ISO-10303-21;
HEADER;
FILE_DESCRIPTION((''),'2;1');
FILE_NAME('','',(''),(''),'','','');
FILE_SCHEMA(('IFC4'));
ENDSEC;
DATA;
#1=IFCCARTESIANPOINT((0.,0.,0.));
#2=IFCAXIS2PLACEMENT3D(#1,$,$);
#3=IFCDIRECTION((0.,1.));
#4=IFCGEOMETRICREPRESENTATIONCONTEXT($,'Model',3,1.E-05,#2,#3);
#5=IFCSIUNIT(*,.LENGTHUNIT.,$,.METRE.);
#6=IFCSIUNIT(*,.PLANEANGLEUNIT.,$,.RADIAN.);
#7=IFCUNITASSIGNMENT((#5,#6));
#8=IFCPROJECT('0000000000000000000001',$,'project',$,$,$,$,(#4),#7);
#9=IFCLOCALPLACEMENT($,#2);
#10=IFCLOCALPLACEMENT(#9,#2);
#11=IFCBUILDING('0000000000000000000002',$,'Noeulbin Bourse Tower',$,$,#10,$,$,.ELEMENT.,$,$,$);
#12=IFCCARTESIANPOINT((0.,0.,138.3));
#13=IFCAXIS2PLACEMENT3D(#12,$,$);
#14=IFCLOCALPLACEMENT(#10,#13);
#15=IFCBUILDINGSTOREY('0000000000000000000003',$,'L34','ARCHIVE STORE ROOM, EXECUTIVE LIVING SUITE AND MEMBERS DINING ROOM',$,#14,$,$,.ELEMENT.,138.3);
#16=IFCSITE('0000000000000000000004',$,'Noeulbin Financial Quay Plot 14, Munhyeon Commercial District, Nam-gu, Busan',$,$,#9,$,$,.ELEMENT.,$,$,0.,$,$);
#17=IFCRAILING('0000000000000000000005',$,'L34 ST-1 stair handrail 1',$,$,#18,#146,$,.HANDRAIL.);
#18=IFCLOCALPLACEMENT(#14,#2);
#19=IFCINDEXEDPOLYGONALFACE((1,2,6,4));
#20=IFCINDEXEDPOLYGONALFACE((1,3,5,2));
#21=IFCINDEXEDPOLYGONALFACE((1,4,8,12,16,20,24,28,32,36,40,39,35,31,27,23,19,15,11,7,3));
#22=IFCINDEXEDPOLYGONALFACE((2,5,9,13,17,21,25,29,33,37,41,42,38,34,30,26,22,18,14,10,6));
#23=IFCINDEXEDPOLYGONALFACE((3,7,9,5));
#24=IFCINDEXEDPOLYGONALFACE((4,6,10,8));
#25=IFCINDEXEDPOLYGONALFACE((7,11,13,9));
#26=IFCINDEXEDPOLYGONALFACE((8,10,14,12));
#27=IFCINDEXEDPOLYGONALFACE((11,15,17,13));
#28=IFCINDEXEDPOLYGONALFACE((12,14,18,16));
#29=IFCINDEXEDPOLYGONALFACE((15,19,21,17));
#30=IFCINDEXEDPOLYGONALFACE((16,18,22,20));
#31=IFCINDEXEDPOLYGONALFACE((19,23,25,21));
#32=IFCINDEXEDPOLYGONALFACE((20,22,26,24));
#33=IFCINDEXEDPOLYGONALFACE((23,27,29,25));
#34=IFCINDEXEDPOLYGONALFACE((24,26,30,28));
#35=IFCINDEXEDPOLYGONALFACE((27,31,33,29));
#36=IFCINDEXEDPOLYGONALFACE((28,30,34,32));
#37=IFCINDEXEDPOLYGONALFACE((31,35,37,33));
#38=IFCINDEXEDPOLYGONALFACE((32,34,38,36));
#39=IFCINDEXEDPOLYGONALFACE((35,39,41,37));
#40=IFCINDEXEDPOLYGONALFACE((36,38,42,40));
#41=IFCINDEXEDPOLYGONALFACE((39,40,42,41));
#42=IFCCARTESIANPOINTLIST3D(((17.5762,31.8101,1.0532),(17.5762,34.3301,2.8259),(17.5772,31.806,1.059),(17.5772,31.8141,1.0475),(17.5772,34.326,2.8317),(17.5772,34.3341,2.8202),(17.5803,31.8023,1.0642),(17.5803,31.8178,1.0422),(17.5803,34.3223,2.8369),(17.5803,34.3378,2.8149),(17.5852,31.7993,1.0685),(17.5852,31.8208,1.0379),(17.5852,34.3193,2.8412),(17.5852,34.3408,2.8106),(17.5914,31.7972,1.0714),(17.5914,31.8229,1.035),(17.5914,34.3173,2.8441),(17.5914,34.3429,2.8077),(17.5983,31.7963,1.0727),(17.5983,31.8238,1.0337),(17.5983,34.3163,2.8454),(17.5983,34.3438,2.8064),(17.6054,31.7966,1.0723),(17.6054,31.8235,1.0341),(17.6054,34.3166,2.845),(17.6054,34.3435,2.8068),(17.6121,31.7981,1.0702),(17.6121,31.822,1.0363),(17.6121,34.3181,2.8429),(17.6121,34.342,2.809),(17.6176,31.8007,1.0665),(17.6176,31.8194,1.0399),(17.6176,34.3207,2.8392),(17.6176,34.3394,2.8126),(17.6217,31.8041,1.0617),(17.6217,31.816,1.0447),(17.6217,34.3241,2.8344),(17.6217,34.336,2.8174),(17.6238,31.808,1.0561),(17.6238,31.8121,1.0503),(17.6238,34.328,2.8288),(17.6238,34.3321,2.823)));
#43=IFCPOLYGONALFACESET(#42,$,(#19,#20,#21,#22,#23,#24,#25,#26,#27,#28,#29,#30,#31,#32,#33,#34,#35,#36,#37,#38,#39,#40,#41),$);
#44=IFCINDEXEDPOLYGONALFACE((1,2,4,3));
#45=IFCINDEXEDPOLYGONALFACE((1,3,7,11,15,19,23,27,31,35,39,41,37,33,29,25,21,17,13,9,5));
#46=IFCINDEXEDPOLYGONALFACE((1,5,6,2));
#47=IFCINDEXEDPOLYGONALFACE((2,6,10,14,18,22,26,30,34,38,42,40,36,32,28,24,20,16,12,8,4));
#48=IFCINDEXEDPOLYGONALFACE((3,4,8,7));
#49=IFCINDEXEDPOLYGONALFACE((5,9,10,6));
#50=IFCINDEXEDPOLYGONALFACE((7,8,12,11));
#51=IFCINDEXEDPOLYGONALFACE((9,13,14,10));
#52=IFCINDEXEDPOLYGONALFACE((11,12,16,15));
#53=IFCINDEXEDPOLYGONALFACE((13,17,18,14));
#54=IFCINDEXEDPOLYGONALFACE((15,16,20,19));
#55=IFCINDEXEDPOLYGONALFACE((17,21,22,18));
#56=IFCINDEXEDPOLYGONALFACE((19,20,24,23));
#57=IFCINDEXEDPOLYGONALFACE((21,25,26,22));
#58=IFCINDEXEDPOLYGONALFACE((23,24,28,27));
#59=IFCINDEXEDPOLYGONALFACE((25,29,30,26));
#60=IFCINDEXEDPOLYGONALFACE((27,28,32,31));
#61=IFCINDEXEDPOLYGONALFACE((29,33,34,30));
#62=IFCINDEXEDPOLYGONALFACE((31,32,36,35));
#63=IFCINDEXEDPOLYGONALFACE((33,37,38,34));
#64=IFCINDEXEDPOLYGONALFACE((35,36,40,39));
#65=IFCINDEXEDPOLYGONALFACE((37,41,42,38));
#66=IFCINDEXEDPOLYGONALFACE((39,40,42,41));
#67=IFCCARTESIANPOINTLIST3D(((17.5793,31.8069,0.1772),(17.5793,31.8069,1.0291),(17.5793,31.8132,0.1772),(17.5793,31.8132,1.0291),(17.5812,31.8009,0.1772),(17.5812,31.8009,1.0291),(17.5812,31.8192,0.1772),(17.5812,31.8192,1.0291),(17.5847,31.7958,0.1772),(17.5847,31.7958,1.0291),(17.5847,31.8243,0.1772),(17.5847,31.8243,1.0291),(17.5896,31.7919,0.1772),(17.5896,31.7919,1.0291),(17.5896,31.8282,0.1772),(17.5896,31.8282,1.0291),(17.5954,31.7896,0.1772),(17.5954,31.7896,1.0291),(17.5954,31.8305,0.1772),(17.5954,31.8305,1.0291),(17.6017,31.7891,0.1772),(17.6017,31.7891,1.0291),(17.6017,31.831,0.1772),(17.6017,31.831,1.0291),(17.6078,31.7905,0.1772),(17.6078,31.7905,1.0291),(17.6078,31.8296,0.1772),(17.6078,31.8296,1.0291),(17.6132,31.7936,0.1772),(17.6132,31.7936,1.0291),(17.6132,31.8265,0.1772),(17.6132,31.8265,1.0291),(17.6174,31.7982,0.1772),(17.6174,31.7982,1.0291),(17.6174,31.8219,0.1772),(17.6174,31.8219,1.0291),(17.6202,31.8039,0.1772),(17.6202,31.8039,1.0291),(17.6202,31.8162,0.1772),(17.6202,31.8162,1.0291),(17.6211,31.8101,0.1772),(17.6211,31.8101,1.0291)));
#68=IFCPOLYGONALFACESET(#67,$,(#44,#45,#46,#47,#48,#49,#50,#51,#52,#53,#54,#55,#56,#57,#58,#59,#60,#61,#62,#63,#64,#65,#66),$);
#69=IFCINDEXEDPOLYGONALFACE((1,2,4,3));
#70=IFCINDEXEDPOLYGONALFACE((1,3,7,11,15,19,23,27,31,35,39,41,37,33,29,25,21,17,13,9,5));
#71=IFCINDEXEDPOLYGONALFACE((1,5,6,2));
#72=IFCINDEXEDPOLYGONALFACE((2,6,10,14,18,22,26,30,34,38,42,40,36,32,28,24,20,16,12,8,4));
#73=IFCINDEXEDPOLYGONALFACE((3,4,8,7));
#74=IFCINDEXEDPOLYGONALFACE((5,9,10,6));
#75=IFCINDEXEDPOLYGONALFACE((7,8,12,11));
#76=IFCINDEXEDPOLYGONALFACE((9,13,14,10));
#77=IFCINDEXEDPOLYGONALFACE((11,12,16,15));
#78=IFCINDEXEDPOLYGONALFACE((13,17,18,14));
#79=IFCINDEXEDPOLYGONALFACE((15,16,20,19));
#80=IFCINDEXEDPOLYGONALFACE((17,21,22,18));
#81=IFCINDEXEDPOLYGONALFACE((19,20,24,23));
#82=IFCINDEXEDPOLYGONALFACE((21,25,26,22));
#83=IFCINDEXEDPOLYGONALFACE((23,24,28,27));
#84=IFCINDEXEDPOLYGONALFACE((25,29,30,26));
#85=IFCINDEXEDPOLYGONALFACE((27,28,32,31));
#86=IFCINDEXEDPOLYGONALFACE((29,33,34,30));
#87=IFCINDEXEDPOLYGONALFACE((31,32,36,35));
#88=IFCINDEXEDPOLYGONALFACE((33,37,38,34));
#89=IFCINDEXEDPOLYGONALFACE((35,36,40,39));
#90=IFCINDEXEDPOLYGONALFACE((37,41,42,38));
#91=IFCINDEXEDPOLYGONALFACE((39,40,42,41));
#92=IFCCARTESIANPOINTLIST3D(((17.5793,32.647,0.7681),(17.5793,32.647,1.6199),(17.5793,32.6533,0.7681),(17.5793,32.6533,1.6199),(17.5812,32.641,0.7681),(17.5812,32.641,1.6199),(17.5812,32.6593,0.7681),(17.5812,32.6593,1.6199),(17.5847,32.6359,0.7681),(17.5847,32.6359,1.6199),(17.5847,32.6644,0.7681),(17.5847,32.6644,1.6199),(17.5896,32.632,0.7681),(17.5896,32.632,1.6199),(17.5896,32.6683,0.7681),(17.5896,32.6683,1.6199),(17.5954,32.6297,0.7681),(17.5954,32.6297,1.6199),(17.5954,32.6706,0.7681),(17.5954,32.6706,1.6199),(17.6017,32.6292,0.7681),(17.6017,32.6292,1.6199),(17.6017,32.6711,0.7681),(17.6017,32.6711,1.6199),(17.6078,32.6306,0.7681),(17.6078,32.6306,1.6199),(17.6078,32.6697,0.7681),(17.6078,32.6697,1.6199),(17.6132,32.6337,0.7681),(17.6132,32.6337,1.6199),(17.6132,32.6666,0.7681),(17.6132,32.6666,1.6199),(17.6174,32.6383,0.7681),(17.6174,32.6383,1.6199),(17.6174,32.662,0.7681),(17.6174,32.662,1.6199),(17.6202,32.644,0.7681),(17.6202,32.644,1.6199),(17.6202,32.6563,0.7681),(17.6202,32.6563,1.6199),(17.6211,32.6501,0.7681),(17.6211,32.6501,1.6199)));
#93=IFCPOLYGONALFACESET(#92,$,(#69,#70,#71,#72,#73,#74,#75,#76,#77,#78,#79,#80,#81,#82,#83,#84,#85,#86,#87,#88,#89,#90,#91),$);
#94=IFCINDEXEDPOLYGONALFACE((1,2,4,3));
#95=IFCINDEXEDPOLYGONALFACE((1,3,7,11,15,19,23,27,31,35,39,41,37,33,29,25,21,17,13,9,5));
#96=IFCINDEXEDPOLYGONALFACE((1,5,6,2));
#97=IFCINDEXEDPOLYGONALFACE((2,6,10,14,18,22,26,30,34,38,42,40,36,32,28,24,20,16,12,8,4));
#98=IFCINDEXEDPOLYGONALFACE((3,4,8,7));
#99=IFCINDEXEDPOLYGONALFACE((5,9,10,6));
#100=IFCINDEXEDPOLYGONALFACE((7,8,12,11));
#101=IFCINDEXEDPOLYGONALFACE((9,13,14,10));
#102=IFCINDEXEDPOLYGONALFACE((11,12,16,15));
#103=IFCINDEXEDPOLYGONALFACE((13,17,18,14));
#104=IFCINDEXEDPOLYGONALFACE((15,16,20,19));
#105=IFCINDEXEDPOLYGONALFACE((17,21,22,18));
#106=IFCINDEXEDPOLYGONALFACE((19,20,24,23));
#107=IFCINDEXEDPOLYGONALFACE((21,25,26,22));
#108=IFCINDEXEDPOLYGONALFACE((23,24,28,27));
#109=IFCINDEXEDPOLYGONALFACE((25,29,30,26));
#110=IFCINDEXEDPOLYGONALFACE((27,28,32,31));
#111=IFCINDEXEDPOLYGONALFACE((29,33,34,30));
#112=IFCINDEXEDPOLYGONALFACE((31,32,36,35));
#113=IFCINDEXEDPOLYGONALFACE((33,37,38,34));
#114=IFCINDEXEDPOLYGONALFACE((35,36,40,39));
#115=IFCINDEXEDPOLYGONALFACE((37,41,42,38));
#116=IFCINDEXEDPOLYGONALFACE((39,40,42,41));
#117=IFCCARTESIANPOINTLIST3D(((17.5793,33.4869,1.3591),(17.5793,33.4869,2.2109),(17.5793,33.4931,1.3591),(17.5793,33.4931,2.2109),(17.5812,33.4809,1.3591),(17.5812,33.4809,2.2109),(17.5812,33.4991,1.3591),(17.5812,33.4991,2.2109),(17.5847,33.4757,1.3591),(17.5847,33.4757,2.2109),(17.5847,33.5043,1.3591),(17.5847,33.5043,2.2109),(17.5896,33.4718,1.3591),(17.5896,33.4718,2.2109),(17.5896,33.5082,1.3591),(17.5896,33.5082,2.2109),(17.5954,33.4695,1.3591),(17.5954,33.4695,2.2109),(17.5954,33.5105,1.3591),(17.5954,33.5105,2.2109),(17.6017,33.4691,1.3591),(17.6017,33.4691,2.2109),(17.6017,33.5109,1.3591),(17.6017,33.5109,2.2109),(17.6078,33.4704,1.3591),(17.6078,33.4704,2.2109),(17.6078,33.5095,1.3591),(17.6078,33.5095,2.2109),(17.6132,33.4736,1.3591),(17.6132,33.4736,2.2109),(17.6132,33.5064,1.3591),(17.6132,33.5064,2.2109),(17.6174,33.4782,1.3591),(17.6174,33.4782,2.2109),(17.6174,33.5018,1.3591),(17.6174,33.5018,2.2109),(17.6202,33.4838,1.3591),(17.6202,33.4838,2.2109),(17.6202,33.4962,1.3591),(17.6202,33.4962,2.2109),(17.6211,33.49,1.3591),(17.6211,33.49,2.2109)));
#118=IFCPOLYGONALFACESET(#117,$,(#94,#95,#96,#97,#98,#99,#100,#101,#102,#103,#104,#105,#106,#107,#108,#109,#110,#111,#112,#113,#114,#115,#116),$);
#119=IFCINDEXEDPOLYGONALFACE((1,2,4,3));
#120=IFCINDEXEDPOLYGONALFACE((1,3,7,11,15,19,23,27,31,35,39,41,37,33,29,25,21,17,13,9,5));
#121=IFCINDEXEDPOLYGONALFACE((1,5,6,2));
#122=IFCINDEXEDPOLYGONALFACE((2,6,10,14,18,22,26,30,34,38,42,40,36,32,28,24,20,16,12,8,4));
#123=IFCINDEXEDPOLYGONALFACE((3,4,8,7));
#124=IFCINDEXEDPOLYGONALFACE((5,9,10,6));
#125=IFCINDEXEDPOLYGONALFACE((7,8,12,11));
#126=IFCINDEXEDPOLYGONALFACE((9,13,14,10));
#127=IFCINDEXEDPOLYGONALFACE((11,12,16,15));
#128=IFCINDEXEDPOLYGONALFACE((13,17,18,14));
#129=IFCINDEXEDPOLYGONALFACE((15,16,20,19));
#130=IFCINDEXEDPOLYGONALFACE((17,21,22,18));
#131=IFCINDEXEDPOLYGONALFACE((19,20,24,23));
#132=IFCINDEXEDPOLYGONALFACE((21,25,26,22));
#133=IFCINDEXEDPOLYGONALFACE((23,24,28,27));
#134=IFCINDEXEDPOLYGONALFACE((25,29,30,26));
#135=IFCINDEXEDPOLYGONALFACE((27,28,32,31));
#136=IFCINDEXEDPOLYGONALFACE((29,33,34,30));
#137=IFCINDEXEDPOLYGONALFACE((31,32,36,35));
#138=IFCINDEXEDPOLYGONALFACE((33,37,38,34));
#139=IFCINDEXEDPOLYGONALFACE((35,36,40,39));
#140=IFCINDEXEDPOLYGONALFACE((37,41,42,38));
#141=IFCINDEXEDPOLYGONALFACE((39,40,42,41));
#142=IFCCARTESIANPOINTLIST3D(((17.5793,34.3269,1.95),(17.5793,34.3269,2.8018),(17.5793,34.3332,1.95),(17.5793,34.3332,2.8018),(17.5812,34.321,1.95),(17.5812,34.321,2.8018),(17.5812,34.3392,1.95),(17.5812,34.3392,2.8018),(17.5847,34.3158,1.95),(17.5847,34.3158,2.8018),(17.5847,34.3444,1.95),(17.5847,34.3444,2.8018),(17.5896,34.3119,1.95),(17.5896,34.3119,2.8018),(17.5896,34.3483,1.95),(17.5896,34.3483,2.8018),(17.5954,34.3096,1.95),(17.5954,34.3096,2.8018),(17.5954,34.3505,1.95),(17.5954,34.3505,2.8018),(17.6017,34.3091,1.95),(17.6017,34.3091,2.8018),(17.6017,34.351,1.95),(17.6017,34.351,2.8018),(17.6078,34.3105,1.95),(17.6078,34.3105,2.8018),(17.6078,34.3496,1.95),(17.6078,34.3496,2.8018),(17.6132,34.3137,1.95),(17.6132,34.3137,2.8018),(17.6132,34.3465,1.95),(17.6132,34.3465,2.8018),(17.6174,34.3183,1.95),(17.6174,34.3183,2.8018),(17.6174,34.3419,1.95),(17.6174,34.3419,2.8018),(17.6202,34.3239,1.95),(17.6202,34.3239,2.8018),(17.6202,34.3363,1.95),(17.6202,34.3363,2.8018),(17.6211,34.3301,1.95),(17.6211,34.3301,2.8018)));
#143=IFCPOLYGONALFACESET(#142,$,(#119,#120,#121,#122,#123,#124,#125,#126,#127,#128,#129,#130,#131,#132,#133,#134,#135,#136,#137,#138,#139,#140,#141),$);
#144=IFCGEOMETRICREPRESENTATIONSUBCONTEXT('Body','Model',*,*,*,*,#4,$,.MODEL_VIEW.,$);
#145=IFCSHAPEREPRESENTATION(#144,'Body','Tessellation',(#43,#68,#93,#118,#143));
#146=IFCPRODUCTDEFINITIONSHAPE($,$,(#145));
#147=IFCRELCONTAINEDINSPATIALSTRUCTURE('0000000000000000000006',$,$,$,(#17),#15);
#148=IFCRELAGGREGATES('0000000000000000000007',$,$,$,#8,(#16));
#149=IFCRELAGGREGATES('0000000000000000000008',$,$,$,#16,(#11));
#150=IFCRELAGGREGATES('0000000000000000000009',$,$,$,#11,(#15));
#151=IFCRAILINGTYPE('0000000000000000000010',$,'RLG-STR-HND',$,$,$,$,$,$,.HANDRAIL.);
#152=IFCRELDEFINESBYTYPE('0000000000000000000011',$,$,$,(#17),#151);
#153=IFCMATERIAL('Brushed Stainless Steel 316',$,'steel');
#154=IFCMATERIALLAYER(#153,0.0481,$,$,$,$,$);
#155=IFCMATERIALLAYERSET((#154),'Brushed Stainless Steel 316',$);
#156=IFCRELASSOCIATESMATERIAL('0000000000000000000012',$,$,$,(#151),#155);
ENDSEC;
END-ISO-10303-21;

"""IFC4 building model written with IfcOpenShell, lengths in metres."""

from ifc_helpers import new_model, si_unit, direction, frame, origin, origin_2d, place, context, subcontext, project, spatial, circle, extrude, material, layer, layer_set, type_object, element, save


model = new_model("IFC4")

# Units and contexts
model_context = context("Model", 3, precision=1e-05, world=origin(), true_north=direction((0.0, 1.0)))
body_context = subcontext(model_context, "Body", "Model", "MODEL_VIEW")
ifc_project = project(units=[si_unit("LENGTHUNIT", "METRE"), si_unit("PLANEANGLEUNIT", "RADIAN")], contexts=[model_context])

# Site, building, storey
site_placement = place(None, origin())
site = spatial("IfcSite", under=ifc_project, at=site_placement, Name="Noeulbin Financial Quay Plot 14, Munhyeon Commercial District, Nam-gu, Busan", CompositionType="ELEMENT", RefElevation=0.0)
building_placement = place(site_placement, origin())
building = spatial("IfcBuilding", under=site, at=building_placement, Name="Noeulbin Bourse Tower", CompositionType="ELEMENT")
storey_placement = place(building_placement, frame((0.0, 0.0, 138.3)))
storey = spatial("IfcBuildingStorey", under=building, at=storey_placement, Name="L34", Description="ARCHIVE STORE ROOM, EXECUTIVE LIVING SUITE AND MEMBERS DINING ROOM", CompositionType="ELEMENT", Elevation=138.3)

# Railing
ifc_material_1 = material(Name="Brushed Stainless Steel 316", Category="steel")
ifc_layer_1 = layer(ifc_material_1, 0.0481)
ifc_layer_set_1 = layer_set([ifc_layer_1], Name="Brushed Stainless Steel 316")
railing_type_1 = type_object("IfcRailingType", Name="RLG-STR-HND", PredefinedType="HANDRAIL", material=ifc_layer_set_1)
railing_1_placement = place(storey_placement, frame((17.6001, 31.8101, 0.1772)))
element("IfcRailing", 1, at=railing_1_placement, inside=storey, type_object=railing_type_1, Name="L34 ST-1 stair handrail 1", PredefinedType="HANDRAIL", context=body_context, shape_type="SweptSolid", body=[
    extrude(circle(Radius=0.0239, at=origin_2d()), frame((0.0, 0.0, 0.876), z_axis=(0.0, 0.817904, 0.575354), x_axis=(-1.0, 0.0, 0.0)), (0.0, 0.0, 1.0), 3.0811),
    extrude(circle(Radius=0.021, at=origin_2d()), origin(), (0.0, 0.0, 1.0), 0.8518),
    extrude(circle(Radius=0.021, at=origin_2d()), frame((0.0, 0.8401, 0.5908)), (0.0, 0.0, 1.0), 0.8518),
    extrude(circle(Radius=0.021, at=origin_2d()), frame((0.0, 1.6799, 1.1819)), (0.0, 0.0, 1.0), 0.8518),
    extrude(circle(Radius=0.021, at=origin_2d()), frame((0.0, 2.52, 1.7727)), (0.0, 0.0, 1.0), 0.8518),
])

save(model, "model.ifc")
